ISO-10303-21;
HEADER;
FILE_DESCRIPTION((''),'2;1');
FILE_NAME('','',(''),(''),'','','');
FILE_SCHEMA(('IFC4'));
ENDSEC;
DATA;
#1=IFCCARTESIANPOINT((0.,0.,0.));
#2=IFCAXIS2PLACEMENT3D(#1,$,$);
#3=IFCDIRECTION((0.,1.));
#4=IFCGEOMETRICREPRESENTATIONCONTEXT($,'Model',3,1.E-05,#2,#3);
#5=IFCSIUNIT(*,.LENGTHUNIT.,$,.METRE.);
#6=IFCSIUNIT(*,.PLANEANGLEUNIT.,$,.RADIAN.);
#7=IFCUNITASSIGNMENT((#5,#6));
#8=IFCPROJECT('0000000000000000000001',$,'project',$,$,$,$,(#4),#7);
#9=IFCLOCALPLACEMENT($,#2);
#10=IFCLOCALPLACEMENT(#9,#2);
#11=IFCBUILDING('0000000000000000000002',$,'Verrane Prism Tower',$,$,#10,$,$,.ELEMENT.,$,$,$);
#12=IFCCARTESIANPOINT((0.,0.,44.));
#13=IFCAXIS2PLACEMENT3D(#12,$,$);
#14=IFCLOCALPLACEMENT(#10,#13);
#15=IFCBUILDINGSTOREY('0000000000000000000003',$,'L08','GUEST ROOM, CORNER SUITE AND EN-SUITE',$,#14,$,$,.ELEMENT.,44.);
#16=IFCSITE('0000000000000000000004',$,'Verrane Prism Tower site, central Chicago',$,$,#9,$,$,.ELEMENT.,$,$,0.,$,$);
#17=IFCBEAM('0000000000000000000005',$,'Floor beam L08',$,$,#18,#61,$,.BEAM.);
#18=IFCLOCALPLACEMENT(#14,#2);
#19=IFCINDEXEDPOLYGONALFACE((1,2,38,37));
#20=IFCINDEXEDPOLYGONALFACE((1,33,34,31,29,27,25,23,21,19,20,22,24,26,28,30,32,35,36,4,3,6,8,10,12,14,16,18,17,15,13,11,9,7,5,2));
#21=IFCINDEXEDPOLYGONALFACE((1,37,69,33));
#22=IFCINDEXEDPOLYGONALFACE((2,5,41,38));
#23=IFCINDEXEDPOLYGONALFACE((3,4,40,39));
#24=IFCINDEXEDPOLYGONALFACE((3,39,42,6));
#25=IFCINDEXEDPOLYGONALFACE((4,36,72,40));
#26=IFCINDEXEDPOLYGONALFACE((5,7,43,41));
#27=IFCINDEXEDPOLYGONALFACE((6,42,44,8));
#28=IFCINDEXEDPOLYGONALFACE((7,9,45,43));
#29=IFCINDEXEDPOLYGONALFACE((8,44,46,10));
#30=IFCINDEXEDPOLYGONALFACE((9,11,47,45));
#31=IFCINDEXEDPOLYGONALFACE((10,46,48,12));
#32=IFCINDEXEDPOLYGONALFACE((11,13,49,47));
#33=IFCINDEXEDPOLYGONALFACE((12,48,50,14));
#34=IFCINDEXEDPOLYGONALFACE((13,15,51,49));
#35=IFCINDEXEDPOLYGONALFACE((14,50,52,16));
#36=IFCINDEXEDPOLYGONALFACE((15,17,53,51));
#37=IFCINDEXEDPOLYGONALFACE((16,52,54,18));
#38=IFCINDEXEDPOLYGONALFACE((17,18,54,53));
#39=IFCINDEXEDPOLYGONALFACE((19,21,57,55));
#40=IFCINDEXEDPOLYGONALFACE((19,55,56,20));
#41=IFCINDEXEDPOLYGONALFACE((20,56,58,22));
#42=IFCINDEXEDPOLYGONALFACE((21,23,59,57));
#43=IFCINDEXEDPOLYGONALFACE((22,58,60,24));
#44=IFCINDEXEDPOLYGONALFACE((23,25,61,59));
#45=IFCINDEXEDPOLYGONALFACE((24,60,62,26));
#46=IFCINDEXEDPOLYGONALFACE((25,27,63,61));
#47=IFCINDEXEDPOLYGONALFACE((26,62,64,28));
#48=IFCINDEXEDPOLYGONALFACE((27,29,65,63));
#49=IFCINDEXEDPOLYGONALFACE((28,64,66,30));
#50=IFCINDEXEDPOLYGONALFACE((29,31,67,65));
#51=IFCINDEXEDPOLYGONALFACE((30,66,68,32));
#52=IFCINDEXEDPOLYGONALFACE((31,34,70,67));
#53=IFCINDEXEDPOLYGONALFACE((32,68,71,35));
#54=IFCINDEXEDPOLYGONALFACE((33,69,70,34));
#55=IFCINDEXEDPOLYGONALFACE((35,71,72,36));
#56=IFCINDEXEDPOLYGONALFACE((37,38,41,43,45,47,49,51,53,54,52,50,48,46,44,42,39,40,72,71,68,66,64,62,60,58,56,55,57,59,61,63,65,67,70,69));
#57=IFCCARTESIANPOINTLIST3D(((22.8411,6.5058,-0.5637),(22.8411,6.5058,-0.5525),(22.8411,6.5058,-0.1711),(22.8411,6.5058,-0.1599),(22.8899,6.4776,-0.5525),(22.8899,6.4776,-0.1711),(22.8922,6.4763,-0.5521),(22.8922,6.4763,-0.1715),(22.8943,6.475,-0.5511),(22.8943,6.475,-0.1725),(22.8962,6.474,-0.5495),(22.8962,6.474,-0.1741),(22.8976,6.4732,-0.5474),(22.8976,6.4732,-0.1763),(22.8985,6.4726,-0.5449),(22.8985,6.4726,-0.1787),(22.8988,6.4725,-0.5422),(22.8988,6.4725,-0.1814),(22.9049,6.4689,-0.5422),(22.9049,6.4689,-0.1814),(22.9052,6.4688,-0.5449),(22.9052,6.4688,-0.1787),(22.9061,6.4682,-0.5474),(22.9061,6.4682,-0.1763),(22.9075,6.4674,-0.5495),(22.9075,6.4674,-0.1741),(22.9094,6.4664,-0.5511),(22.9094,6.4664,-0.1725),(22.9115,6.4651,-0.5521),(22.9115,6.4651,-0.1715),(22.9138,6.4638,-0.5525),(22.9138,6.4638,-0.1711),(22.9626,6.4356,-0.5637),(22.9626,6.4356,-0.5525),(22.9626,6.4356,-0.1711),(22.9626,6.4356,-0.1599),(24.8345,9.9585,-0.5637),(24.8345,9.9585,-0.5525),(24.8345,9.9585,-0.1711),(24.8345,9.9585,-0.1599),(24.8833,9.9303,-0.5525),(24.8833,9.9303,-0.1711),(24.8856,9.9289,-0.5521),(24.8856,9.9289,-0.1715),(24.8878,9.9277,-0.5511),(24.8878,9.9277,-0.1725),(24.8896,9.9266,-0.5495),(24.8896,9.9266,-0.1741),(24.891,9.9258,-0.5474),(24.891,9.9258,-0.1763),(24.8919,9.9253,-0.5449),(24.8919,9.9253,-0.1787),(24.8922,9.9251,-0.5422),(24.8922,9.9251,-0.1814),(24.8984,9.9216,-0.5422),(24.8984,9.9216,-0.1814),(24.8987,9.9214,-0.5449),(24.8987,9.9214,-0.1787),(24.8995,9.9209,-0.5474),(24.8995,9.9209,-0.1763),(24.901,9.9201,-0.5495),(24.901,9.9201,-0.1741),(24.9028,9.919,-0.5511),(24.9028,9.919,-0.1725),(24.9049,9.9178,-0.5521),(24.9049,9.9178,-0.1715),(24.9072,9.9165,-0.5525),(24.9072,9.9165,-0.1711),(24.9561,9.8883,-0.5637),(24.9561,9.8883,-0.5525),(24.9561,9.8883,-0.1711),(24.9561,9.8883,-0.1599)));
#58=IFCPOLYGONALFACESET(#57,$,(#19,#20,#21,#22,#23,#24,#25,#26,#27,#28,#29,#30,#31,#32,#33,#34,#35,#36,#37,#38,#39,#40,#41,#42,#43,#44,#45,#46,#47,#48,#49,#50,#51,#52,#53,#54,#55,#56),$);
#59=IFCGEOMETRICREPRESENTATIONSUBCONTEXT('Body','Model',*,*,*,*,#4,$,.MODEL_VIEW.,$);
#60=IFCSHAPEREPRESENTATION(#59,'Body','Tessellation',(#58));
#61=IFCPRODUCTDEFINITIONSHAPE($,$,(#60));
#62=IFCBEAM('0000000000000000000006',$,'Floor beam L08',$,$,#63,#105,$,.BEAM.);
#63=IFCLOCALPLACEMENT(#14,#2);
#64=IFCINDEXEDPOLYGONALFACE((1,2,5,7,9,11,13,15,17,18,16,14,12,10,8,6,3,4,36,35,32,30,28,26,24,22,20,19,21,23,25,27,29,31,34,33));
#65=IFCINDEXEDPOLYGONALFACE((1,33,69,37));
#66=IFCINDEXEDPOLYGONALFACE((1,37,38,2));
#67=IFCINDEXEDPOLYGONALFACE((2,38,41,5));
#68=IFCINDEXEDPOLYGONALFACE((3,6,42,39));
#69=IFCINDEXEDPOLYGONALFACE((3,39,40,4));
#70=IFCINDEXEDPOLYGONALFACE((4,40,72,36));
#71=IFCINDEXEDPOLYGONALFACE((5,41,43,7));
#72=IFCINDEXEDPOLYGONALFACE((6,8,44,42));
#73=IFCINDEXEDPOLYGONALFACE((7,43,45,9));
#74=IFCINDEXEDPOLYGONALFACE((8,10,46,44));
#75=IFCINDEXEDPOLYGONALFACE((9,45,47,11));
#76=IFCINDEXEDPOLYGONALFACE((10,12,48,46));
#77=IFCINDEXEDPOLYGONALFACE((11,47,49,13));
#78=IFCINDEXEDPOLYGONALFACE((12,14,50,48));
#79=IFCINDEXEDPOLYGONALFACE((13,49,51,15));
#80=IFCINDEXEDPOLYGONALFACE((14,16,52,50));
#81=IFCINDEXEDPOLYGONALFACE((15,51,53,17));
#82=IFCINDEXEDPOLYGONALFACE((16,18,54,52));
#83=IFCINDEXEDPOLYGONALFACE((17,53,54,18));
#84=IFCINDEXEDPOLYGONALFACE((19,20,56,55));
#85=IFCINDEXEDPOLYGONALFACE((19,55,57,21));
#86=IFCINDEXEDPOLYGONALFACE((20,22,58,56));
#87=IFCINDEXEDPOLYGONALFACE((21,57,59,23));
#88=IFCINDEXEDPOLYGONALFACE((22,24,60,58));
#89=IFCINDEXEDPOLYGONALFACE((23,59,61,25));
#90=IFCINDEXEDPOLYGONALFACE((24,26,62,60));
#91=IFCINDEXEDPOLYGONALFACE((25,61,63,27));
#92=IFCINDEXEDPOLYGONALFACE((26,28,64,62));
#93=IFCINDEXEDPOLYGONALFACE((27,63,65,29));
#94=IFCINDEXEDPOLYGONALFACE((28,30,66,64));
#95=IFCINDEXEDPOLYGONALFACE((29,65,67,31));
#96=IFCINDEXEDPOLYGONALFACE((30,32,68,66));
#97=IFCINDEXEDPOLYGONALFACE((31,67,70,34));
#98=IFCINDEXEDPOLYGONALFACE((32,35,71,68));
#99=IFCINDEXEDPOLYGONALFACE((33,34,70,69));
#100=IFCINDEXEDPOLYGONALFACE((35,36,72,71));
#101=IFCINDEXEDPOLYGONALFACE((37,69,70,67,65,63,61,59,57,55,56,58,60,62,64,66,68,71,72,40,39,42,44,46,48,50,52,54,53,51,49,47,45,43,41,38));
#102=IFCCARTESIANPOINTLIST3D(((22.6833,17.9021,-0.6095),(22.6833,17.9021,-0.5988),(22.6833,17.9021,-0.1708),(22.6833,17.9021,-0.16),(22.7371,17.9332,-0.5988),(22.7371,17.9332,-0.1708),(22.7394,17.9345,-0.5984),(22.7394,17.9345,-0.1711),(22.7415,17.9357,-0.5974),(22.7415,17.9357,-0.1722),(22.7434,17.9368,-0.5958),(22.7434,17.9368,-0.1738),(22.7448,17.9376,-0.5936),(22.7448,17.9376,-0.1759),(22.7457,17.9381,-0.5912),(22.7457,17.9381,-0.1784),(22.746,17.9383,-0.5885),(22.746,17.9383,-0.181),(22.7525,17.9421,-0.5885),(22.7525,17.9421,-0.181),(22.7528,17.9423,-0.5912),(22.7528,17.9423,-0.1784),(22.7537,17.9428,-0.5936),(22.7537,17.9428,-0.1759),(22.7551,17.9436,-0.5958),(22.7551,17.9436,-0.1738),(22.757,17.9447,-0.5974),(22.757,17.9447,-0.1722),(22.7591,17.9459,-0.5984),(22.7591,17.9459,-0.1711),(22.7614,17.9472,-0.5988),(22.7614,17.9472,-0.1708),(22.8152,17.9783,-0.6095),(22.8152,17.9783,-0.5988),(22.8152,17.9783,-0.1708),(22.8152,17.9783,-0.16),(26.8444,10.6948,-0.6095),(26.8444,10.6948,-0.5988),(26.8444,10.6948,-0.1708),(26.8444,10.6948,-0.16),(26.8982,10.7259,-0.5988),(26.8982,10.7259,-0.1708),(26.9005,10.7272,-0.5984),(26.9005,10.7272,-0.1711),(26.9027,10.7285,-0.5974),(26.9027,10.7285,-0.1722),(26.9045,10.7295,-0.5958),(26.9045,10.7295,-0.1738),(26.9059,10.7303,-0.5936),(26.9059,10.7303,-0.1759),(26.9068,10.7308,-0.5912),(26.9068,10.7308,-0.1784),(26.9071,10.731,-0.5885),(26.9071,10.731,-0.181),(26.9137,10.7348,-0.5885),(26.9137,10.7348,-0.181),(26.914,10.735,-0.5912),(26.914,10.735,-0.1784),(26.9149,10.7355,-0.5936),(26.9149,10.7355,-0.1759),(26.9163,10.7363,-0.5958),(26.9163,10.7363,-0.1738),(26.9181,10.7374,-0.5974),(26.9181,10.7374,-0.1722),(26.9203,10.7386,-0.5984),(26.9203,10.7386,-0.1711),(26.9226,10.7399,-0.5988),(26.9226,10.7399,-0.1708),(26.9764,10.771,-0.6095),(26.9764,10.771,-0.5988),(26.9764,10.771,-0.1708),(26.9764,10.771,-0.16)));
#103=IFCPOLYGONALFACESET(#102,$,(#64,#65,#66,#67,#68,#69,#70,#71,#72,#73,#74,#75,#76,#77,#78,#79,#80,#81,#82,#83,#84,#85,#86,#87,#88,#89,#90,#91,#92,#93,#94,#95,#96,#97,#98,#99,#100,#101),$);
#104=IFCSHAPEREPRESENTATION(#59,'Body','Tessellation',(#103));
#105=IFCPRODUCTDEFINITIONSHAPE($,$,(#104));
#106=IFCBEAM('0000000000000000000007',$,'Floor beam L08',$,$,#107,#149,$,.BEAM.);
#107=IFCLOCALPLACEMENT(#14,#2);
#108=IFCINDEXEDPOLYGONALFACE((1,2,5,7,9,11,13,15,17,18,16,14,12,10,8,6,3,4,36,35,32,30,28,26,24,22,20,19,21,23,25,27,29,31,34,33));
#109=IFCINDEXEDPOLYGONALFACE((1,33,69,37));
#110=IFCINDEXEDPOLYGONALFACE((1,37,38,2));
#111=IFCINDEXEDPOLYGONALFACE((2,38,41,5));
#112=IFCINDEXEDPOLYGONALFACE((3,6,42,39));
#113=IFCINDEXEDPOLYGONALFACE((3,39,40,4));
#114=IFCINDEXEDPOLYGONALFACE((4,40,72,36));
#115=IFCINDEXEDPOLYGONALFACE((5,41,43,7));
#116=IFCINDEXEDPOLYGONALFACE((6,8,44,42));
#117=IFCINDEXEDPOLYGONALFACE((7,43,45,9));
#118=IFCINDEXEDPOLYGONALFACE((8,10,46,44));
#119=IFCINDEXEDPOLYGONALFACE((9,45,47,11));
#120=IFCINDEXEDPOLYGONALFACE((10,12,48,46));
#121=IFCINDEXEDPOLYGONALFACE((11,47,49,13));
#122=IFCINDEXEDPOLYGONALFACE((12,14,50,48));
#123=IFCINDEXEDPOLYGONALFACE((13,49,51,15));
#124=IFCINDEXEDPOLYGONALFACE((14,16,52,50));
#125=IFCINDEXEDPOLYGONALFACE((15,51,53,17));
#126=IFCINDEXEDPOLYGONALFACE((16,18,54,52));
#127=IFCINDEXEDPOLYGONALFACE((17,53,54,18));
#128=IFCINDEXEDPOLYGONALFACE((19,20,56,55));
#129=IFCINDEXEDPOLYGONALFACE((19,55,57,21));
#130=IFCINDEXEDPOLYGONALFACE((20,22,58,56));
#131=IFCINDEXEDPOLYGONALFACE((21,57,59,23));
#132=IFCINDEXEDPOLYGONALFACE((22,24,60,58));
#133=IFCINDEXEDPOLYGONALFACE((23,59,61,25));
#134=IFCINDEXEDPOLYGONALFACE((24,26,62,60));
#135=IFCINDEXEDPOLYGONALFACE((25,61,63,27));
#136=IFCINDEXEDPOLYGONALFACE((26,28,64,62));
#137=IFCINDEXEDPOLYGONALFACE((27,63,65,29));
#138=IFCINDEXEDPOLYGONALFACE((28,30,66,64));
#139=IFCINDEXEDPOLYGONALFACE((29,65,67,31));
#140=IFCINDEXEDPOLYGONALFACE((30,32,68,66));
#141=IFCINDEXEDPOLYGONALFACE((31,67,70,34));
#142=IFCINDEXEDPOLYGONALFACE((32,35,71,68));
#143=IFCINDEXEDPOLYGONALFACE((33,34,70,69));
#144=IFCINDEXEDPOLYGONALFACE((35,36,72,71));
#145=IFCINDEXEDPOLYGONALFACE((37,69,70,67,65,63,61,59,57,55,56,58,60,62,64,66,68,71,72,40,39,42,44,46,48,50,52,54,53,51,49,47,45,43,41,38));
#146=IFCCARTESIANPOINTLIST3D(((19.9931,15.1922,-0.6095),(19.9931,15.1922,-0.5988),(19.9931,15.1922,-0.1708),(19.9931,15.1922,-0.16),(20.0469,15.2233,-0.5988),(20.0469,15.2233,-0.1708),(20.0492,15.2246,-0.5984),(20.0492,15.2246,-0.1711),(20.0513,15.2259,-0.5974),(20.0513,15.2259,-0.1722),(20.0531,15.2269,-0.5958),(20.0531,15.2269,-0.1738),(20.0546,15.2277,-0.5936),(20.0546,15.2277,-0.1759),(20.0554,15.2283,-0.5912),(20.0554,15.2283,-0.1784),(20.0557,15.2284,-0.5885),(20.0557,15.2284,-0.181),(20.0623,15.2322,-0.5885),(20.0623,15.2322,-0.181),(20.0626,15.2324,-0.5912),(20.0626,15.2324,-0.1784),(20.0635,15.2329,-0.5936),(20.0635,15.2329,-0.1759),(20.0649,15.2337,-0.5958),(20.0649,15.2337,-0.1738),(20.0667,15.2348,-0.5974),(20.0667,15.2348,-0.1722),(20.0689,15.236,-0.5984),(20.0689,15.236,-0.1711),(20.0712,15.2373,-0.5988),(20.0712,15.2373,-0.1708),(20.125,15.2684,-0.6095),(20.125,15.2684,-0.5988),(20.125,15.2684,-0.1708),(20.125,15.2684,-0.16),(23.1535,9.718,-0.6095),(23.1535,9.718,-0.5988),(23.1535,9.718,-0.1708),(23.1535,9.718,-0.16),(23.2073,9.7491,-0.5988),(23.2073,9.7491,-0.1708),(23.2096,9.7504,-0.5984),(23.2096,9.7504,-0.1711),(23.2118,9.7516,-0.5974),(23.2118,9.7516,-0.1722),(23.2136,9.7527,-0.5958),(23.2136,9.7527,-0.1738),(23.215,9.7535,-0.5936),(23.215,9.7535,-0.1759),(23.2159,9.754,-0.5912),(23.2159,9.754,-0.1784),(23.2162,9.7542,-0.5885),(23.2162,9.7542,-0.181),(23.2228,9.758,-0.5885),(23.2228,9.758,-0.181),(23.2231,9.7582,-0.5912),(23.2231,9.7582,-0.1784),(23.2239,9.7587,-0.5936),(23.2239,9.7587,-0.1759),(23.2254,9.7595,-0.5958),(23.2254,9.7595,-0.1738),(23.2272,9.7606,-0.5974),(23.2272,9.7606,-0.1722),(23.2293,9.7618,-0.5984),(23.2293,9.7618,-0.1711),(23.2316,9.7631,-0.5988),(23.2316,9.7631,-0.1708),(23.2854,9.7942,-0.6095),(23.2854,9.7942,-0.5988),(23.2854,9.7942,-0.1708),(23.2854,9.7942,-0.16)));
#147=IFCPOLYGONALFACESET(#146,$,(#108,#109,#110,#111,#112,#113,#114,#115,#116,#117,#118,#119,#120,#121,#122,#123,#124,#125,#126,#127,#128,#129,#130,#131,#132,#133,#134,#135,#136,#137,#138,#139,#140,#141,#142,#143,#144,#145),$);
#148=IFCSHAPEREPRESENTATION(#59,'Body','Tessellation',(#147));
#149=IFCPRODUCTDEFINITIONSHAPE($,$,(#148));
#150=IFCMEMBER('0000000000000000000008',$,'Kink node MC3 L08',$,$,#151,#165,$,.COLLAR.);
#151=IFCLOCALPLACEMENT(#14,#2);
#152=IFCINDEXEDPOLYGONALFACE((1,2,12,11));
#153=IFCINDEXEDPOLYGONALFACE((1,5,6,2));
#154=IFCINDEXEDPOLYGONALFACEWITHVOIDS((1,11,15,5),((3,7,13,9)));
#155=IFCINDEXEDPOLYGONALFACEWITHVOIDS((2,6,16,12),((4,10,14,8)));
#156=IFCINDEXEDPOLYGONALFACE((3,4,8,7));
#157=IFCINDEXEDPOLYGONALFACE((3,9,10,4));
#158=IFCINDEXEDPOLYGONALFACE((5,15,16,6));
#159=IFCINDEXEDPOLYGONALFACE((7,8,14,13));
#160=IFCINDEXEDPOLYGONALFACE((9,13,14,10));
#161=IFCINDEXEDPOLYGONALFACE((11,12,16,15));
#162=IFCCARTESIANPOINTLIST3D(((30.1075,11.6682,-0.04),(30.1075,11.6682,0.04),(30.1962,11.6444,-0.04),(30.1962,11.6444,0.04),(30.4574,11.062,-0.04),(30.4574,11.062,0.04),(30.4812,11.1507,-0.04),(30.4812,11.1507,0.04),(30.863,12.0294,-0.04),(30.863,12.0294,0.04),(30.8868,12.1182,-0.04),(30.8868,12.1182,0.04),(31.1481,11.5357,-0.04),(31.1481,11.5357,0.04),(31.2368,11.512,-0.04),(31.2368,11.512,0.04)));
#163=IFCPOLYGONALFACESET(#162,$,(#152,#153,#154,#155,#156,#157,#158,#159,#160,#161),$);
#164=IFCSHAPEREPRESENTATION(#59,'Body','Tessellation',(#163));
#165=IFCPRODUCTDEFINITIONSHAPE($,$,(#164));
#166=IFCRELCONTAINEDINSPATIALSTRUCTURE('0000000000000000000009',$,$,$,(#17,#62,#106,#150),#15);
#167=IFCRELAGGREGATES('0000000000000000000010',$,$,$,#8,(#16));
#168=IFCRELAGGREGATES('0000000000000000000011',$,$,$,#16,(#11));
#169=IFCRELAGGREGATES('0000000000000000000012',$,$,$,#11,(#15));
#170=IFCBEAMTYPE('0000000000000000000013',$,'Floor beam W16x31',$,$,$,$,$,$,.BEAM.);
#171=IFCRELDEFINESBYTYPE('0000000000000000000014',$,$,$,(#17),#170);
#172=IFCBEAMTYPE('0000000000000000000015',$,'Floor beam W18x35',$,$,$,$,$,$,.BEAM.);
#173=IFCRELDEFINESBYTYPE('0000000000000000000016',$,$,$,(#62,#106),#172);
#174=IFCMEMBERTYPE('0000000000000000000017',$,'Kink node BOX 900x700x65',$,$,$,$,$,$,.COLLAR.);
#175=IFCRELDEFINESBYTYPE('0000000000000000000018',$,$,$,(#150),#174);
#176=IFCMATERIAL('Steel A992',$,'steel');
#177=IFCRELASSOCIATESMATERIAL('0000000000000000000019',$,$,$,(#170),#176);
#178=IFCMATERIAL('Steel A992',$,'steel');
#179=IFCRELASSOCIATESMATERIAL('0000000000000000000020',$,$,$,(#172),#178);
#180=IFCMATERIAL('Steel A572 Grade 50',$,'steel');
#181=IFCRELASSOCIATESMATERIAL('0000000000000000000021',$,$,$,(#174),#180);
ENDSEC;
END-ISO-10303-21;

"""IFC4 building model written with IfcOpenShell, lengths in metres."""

from ifc_helpers import new_model, si_unit, direction, frame, origin, origin_2d, place, context, subcontext, project, spatial, hollow_rectangle, i_section, extrude, material, material_profile, profile_set, type_object, element, save


model = new_model("IFC4")

# Units and contexts
model_context = context("Model", 3, precision=1e-05, world=origin(), true_north=direction((0.0, 1.0)))
body_context = subcontext(model_context, "Body", "Model", "MODEL_VIEW")
ifc_project = project(units=[si_unit("LENGTHUNIT", "METRE"), si_unit("PLANEANGLEUNIT", "RADIAN")], contexts=[model_context])

# Site, building, storey
site_placement = place(None, origin())
site = spatial("IfcSite", under=ifc_project, at=site_placement, Name="Verrane Prism Tower site, central Chicago", CompositionType="ELEMENT", RefElevation=0.0)
building_placement = place(site_placement, origin())
building = spatial("IfcBuilding", under=site, at=building_placement, Name="Verrane Prism Tower", CompositionType="ELEMENT")
storey_placement = place(building_placement, frame((0.0, 0.0, 44.0)))
storey = spatial("IfcBuildingStorey", under=building, at=storey_placement, Name="L08", Description="GUEST ROOM, CORNER SUITE AND EN-SUITE", CompositionType="ELEMENT", Elevation=44.0)

# Beams
ifc_material_1 = material(Name="Steel A992", Category="steel")
ifc_material_profile_1 = material_profile(ifc_material_1, i_section(OverallWidth=0.1404, OverallDepth=0.4038, WebThickness=0.0071, FlangeThickness=0.0112, FilletRadius=0.0103, at=origin_2d()), Name="W16x31")
ifc_profile_set_1 = profile_set([ifc_material_profile_1], Name="Steel A992")
beam_type_1 = type_object("IfcBeamType", Name="Floor beam W16x31", PredefinedType="BEAM", material=ifc_profile_set_1)
beam_1_placement = place(storey_placement, frame((22.9019, 6.4707, -0.3618), z_axis=(0.500005, 0.866022, 0.0), x_axis=(-0.866022, 0.500005, 0.0)))
element("IfcBeam", 1, at=beam_1_placement, inside=storey, type_object=beam_type_1, Name="Floor beam L08", PredefinedType="BEAM", context=body_context, shape_type="SweptSolid", body=[
    extrude(i_section(OverallWidth=0.1404, OverallDepth=0.4038, WebThickness=0.0071, FlangeThickness=0.0112, FilletRadius=0.0103, at=origin_2d()), origin(), (0.0, 0.0, 1.0), 3.9868),
])
ifc_material_2 = material(Name="Steel A992", Category="steel")
ifc_material_profile_2 = material_profile(ifc_material_2, i_section(OverallWidth=0.1523, OverallDepth=0.4495, WebThickness=0.0076, FlangeThickness=0.0107, FilletRadius=0.0103, at=origin_2d()), Name="W18x35")
ifc_profile_set_2 = profile_set([ifc_material_profile_2], Name="Steel A992")
beam_type_2 = type_object("IfcBeamType", Name="Floor beam W18x35", PredefinedType="BEAM", material=ifc_profile_set_2)
beam_2_placement = place(storey_placement, frame((26.9104, 10.7329, -0.3848), z_axis=(-0.500001, 0.866025, 0.0), x_axis=(-0.866025, -0.500001, 0.0)))
element("IfcBeam", 2, at=beam_2_placement, inside=storey, type_object=beam_type_2, Name="Floor beam L08", PredefinedType="BEAM", context=body_context, shape_type="SweptSolid", body=[
    extrude(i_section(OverallWidth=0.1523, OverallDepth=0.4495, WebThickness=0.0076, FlangeThickness=0.0107, FilletRadius=0.0103, at=origin_2d()), origin(), (0.0, 0.0, 1.0), 8.3223),
])
beam_3_placement = place(storey_placement, frame((23.2195, 9.7561, -0.3848), z_axis=(-0.49999, 0.866031, 0.0), x_axis=(-0.866031, -0.49999, 0.0)))
element("IfcBeam", 3, at=beam_3_placement, inside=storey, type_object=beam_type_2, Name="Floor beam L08", PredefinedType="BEAM", context=body_context, shape_type="SweptSolid", body=[
    extrude(i_section(OverallWidth=0.1523, OverallDepth=0.4495, WebThickness=0.0076, FlangeThickness=0.0107, FilletRadius=0.0103, at=origin_2d()), origin(), (0.0, 0.0, 1.0), 6.321),
])

# Member
ifc_material_3 = material(Name="Steel A572 Grade 50", Category="steel")
ifc_material_profile_3 = material_profile(ifc_material_3, hollow_rectangle(XDim=0.7, YDim=0.8999, WallThickness=0.0649, at=origin_2d()), Name="BOX 900x700x65")
ifc_profile_set_3 = profile_set([ifc_material_profile_3], Name="Steel A572 Grade 50")
member_type_1 = type_object("IfcMemberType", Name="Kink node BOX 900x700x65", PredefinedType="COLLAR", material=ifc_profile_set_3)
member_1_placement = place(storey_placement, frame((30.6721, 11.5901, -0.04), z_axis=(0.0, 0.0, 1.0), x_axis=(0.5, -0.866025, 0.0)))
element("IfcMember", 4, at=member_1_placement, inside=storey, type_object=member_type_1, Name="Kink node MC3 L08", PredefinedType="COLLAR", context=body_context, shape_type="SweptSolid", body=[
    extrude(hollow_rectangle(XDim=0.7, YDim=0.8999, WallThickness=0.0649, at=origin_2d()), origin(), (0.0, 0.0, 1.0), 0.0801),
])

save(model, "model.ifc")
